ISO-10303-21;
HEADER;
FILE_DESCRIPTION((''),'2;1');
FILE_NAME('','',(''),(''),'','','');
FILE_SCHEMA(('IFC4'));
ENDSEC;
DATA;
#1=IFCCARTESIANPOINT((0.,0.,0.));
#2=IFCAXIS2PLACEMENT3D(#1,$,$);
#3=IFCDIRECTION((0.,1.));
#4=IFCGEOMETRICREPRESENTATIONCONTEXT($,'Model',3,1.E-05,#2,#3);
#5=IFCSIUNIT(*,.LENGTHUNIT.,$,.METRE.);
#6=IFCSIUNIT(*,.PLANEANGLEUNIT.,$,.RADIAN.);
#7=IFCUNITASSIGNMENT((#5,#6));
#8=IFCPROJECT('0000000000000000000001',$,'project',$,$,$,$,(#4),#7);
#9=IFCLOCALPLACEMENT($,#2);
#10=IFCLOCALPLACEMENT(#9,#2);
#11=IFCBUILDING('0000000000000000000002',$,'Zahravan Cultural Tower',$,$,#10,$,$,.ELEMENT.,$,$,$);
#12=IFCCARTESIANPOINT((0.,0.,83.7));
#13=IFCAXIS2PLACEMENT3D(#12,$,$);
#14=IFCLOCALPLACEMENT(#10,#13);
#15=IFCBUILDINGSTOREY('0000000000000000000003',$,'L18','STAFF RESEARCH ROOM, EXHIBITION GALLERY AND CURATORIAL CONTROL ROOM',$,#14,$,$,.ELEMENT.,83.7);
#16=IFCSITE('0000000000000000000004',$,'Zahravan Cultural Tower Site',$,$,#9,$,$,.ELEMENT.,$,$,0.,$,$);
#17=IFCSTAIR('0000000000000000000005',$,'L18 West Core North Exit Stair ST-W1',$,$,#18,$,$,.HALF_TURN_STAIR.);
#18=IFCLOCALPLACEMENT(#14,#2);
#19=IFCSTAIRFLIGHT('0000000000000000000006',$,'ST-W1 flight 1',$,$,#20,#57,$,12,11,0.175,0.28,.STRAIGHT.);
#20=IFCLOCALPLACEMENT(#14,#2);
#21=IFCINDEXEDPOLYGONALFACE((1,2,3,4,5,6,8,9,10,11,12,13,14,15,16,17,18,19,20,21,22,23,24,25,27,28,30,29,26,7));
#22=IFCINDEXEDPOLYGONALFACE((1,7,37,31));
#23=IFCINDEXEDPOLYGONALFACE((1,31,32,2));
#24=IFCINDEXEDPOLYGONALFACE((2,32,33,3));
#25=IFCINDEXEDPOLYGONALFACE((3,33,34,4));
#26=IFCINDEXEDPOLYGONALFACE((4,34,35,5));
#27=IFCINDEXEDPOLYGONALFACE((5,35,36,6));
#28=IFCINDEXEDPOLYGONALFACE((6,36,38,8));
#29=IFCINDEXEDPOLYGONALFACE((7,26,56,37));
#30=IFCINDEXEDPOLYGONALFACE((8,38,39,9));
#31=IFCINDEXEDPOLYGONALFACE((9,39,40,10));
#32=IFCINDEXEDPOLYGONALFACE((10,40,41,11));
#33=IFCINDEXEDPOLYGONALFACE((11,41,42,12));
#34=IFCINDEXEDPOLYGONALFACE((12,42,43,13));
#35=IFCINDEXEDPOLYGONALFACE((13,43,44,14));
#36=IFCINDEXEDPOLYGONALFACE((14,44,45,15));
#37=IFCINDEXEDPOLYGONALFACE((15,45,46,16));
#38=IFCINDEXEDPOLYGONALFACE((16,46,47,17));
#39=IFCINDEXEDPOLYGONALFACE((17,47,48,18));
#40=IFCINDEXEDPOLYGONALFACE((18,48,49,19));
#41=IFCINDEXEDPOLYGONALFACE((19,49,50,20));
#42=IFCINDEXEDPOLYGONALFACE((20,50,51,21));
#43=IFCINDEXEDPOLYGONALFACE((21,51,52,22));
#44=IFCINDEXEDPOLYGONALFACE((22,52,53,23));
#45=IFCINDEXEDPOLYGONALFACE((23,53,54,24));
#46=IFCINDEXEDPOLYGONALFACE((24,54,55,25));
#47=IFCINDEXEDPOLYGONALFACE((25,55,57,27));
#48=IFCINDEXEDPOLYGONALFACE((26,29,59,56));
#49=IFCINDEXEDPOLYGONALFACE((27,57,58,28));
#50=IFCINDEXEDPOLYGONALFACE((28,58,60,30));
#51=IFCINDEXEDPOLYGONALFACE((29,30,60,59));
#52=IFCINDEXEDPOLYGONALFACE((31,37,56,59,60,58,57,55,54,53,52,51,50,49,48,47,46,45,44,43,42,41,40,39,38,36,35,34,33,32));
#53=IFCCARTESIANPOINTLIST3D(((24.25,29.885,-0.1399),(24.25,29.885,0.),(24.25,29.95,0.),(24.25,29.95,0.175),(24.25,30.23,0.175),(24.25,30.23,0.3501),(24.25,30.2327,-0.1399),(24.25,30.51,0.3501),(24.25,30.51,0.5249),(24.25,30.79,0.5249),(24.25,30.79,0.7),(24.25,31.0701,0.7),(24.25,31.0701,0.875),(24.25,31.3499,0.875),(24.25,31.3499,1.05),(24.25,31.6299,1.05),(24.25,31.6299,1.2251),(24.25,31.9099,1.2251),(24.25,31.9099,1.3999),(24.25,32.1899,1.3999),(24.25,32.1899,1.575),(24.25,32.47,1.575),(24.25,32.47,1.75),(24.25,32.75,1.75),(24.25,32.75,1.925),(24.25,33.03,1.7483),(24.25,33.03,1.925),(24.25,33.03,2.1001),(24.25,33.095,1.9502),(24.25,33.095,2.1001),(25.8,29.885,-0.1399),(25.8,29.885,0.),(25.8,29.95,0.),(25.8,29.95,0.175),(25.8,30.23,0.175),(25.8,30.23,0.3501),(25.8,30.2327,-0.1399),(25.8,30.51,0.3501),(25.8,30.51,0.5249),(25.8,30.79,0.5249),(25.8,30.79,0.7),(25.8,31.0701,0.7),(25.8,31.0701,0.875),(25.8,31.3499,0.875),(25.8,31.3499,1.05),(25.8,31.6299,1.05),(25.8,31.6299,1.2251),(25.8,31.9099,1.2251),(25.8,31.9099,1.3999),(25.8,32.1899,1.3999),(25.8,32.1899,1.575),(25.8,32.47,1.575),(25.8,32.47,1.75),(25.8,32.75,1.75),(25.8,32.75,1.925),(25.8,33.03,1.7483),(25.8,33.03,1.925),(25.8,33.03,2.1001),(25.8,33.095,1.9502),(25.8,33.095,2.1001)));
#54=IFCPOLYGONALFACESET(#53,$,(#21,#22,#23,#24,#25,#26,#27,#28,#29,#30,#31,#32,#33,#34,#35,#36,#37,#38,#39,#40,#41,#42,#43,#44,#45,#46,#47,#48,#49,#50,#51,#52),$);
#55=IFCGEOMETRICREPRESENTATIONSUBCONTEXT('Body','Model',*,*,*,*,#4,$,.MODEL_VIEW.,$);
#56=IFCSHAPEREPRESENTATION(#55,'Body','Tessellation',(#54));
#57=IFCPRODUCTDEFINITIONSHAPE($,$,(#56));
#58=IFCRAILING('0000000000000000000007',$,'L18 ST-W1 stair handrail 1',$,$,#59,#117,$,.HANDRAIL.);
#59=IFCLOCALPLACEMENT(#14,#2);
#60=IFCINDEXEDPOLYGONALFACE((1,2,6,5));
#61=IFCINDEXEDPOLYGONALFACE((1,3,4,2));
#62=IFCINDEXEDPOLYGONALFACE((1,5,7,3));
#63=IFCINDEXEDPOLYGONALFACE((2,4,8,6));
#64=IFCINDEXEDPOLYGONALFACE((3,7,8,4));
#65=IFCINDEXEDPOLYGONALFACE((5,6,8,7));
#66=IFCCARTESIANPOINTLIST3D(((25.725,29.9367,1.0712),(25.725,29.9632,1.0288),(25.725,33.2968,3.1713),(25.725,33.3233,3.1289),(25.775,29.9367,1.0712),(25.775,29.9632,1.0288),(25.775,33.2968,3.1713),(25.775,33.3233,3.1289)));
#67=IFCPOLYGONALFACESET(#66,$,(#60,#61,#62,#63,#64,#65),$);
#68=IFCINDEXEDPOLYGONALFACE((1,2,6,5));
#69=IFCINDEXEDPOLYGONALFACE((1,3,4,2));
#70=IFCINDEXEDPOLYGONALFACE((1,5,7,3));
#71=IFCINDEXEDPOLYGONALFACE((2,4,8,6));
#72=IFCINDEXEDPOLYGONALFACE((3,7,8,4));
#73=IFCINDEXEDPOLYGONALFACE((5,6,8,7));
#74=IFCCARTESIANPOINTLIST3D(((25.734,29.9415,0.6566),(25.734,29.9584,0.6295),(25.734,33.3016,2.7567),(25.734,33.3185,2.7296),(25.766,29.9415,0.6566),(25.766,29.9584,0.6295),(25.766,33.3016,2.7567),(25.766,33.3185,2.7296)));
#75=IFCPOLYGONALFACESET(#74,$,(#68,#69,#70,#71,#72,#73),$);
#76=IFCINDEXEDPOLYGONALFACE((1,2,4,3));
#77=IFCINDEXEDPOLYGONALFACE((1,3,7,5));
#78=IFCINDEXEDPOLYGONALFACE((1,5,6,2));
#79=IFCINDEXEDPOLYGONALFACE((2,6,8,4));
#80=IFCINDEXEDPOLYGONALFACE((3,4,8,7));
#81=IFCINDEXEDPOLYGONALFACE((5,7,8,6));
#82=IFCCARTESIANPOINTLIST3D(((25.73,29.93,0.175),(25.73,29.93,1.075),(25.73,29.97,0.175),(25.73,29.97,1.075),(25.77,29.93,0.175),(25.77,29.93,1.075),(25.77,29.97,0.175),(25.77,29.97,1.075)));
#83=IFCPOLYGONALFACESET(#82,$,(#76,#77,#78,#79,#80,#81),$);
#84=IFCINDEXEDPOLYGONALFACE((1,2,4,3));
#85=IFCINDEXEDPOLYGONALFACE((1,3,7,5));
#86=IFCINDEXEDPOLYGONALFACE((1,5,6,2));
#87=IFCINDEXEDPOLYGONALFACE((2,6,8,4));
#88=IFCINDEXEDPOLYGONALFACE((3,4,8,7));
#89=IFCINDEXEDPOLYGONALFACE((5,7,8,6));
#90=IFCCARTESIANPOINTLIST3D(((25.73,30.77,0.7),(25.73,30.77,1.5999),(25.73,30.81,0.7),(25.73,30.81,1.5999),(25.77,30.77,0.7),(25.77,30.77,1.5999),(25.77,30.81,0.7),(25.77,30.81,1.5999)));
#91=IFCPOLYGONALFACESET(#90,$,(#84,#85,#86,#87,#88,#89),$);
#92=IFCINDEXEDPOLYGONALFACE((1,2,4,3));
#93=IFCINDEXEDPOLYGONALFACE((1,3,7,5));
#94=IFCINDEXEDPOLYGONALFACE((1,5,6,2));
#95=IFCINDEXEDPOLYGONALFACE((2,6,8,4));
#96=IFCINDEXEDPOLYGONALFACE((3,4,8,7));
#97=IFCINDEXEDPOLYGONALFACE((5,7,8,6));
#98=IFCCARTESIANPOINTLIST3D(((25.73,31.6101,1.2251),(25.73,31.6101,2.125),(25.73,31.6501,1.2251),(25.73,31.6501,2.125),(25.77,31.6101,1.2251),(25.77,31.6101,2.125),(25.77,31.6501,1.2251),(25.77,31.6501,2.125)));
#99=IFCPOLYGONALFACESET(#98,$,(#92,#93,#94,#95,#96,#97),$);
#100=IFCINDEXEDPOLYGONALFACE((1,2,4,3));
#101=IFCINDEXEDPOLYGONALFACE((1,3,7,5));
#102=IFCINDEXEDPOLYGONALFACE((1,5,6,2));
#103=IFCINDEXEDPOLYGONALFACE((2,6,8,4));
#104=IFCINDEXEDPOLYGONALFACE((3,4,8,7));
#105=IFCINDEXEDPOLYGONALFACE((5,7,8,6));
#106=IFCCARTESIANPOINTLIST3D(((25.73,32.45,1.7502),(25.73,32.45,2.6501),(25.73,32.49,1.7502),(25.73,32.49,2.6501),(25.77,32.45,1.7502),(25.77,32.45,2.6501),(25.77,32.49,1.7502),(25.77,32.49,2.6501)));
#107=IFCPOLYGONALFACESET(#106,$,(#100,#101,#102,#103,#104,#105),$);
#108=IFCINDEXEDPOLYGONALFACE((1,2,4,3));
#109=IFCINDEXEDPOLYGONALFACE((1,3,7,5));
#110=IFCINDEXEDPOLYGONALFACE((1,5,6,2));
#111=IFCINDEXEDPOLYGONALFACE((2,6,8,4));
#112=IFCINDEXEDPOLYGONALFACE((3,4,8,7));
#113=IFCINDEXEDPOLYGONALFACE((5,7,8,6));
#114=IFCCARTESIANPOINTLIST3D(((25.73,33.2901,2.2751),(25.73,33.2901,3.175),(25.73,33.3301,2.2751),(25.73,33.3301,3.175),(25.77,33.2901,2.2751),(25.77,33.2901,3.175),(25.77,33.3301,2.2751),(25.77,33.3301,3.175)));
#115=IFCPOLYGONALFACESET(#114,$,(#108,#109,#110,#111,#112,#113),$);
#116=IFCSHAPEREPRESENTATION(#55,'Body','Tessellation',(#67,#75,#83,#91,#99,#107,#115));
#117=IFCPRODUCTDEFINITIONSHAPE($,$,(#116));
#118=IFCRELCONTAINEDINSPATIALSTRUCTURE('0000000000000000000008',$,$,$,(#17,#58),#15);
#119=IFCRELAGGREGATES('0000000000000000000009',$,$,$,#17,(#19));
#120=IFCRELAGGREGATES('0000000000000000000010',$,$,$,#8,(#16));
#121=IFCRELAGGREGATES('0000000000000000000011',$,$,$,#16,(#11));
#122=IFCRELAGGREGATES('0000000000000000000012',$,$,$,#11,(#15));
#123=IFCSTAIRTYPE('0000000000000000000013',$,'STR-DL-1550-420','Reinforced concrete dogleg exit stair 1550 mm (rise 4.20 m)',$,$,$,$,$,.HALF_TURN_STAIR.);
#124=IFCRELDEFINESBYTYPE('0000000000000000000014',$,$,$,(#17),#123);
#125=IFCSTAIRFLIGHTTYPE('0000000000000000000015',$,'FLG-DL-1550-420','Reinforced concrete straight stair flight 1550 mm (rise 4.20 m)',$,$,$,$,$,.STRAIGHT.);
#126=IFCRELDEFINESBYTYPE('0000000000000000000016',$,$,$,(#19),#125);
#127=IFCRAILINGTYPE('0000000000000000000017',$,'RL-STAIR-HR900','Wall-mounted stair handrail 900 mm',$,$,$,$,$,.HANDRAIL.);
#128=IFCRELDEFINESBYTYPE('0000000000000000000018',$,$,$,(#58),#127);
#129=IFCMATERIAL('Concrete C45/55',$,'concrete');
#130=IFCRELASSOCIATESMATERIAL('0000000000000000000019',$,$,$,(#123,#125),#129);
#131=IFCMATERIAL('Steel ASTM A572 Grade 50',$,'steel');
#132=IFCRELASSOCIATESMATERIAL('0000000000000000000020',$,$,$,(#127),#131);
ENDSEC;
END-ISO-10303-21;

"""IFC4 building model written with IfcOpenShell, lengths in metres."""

from ifc_helpers import new_model, si_unit, direction, frame, origin, origin_2d, place, context, subcontext, project, spatial, polyline, rectangle, outline, extrude, material, type_object, element, aggregate, save


model = new_model("IFC4")

# Units and contexts
model_context = context("Model", 3, precision=1e-05, world=origin(), true_north=direction((0.0, 1.0)))
body_context = subcontext(model_context, "Body", "Model", "MODEL_VIEW")
ifc_project = project(units=[si_unit("LENGTHUNIT", "METRE"), si_unit("PLANEANGLEUNIT", "RADIAN")], contexts=[model_context])

# Site, building, storey
site_placement = place(None, origin())
site = spatial("IfcSite", under=ifc_project, at=site_placement, Name="Zahravan Cultural Tower Site", CompositionType="ELEMENT", RefElevation=0.0)
building_placement = place(site_placement, origin())
building = spatial("IfcBuilding", under=site, at=building_placement, Name="Zahravan Cultural Tower", CompositionType="ELEMENT")
storey_placement = place(building_placement, frame((0.0, 0.0, 83.7)))
storey = spatial("IfcBuildingStorey", under=building, at=storey_placement, Name="L18", Description="STAFF RESEARCH ROOM, EXHIBITION GALLERY AND CURATORIAL CONTROL ROOM", CompositionType="ELEMENT", Elevation=83.7)

# Shared definitions
ifc_material_1 = material(Name="Steel ASTM A572 Grade 50", Category="steel")
ifc_material_2 = material(Name="Concrete C45/55", Category="concrete")

# Stair, stair flight
stair_type = type_object("IfcStairType", Name="STR-DL-1550-420", Description="Reinforced concrete dogleg exit stair 1550 mm (rise 4.20 m)", PredefinedType="HALF_TURN_STAIR", material=ifc_material_2)
stair_placement = place(storey_placement, origin())
stair = element("IfcStair", 1, at=stair_placement, inside=storey, type_object=stair_type, Name="L18 West Core North Exit Stair ST-W1", PredefinedType="HALF_TURN_STAIR")
stair_flight_type = type_object("IfcStairFlightType", Name="FLG-DL-1550-420", Description="Reinforced concrete straight stair flight 1550 mm (rise 4.20 m)", PredefinedType="STRAIGHT", material=ifc_material_2)
stair_flight_placement = place(storey_placement, frame((25.0249, 29.95, 0.0), z_axis=(0.0, 0.0, 1.0), x_axis=(0.0, 1.0, 0.0)))
stair_flight = element("IfcStairFlight", 2, at=stair_flight_placement, type_object=stair_flight_type, Name="ST-W1 flight 1", NumberOfRisers=12, NumberOfTreads=11, PredefinedType="STRAIGHT", RiserHeight=0.175, TreadLength=0.28, context=body_context, shape_type="SweptSolid", body=[
    extrude(outline(polyline([(-0.0649, -0.1399), (-0.0649, 0.0), (0.0, 0.0), (0.0, 0.175), (0.28, 0.175), (0.28, 0.3501), (0.5601, 0.3501), (0.5601, 0.5249), (0.8401, 0.5249), (0.8401, 0.7), (1.1201, 0.7), (1.1201, 0.875), (1.3999, 0.875), (1.3999, 1.05), (1.6799, 1.05), (1.6799, 1.2251), (1.96, 1.2251), (1.96, 1.3999), (2.24, 1.3999), (2.24, 1.575), (2.52, 1.575), (2.52, 1.75), (2.8, 1.75), (2.8, 1.925), (3.0801, 1.925), (3.0801, 2.1001), (3.145, 2.1001), (3.145, 1.9502), (3.0801, 1.7483), (0.2827, -0.1399), (-0.0649, -0.1399)])), frame((0.0, 0.7749, 0.0), z_axis=(0.0, -1.0, 0.0), x_axis=(1.0, 0.0, 0.0)), (0.0, 0.0, 1.0), 1.55),
])
aggregate(stair, [stair_flight])

# Railing
railing_type = type_object("IfcRailingType", Name="RL-STAIR-HR900", Description="Wall-mounted stair handrail 900 mm", PredefinedType="HANDRAIL", material=ifc_material_1)
railing_placement = place(storey_placement, frame((25.75, 29.95, 0.175)))
element("IfcRailing", 3, at=railing_placement, inside=storey, type_object=railing_type, Name="L18 ST-W1 stair handrail 1", PredefinedType="HANDRAIL", context=body_context, shape_type="SweptSolid", body=[
    extrude(rectangle(XDim=0.05, YDim=0.05, at=origin_2d()), frame((0.0, 0.0, 0.875), z_axis=(0.0, 0.847995, 0.530004), x_axis=(-1.0, 0.0, 0.0)), (0.0, 0.0, 1.0), 3.9624),
    extrude(rectangle(XDim=0.032, YDim=0.032, at=origin_2d()), frame((0.0, 0.0, 0.468), z_axis=(0.0, 0.847995, 0.530004), x_axis=(-1.0, 0.0, 0.0)), (0.0, 0.0, 1.0), 3.9624),
    extrude(rectangle(XDim=0.04, YDim=0.04, at=origin_2d()), origin(), (0.0, 0.0, 1.0), 0.8999),
    extrude(rectangle(XDim=0.04, YDim=0.04, at=origin_2d()), frame((0.0, 0.8401, 0.5249)), (0.0, 0.0, 1.0), 0.8999),
    extrude(rectangle(XDim=0.04, YDim=0.04, at=origin_2d()), frame((0.0, 1.6802, 1.05)), (0.0, 0.0, 1.0), 0.8999),
    extrude(rectangle(XDim=0.04, YDim=0.04, at=origin_2d()), frame((0.0, 2.52, 1.5752)), (0.0, 0.0, 1.0), 0.8999),
    extrude(rectangle(XDim=0.04, YDim=0.04, at=origin_2d()), frame((0.0, 3.3601, 2.1001)), (0.0, 0.0, 1.0), 0.8999),
])

save(model, "model.ifc")
